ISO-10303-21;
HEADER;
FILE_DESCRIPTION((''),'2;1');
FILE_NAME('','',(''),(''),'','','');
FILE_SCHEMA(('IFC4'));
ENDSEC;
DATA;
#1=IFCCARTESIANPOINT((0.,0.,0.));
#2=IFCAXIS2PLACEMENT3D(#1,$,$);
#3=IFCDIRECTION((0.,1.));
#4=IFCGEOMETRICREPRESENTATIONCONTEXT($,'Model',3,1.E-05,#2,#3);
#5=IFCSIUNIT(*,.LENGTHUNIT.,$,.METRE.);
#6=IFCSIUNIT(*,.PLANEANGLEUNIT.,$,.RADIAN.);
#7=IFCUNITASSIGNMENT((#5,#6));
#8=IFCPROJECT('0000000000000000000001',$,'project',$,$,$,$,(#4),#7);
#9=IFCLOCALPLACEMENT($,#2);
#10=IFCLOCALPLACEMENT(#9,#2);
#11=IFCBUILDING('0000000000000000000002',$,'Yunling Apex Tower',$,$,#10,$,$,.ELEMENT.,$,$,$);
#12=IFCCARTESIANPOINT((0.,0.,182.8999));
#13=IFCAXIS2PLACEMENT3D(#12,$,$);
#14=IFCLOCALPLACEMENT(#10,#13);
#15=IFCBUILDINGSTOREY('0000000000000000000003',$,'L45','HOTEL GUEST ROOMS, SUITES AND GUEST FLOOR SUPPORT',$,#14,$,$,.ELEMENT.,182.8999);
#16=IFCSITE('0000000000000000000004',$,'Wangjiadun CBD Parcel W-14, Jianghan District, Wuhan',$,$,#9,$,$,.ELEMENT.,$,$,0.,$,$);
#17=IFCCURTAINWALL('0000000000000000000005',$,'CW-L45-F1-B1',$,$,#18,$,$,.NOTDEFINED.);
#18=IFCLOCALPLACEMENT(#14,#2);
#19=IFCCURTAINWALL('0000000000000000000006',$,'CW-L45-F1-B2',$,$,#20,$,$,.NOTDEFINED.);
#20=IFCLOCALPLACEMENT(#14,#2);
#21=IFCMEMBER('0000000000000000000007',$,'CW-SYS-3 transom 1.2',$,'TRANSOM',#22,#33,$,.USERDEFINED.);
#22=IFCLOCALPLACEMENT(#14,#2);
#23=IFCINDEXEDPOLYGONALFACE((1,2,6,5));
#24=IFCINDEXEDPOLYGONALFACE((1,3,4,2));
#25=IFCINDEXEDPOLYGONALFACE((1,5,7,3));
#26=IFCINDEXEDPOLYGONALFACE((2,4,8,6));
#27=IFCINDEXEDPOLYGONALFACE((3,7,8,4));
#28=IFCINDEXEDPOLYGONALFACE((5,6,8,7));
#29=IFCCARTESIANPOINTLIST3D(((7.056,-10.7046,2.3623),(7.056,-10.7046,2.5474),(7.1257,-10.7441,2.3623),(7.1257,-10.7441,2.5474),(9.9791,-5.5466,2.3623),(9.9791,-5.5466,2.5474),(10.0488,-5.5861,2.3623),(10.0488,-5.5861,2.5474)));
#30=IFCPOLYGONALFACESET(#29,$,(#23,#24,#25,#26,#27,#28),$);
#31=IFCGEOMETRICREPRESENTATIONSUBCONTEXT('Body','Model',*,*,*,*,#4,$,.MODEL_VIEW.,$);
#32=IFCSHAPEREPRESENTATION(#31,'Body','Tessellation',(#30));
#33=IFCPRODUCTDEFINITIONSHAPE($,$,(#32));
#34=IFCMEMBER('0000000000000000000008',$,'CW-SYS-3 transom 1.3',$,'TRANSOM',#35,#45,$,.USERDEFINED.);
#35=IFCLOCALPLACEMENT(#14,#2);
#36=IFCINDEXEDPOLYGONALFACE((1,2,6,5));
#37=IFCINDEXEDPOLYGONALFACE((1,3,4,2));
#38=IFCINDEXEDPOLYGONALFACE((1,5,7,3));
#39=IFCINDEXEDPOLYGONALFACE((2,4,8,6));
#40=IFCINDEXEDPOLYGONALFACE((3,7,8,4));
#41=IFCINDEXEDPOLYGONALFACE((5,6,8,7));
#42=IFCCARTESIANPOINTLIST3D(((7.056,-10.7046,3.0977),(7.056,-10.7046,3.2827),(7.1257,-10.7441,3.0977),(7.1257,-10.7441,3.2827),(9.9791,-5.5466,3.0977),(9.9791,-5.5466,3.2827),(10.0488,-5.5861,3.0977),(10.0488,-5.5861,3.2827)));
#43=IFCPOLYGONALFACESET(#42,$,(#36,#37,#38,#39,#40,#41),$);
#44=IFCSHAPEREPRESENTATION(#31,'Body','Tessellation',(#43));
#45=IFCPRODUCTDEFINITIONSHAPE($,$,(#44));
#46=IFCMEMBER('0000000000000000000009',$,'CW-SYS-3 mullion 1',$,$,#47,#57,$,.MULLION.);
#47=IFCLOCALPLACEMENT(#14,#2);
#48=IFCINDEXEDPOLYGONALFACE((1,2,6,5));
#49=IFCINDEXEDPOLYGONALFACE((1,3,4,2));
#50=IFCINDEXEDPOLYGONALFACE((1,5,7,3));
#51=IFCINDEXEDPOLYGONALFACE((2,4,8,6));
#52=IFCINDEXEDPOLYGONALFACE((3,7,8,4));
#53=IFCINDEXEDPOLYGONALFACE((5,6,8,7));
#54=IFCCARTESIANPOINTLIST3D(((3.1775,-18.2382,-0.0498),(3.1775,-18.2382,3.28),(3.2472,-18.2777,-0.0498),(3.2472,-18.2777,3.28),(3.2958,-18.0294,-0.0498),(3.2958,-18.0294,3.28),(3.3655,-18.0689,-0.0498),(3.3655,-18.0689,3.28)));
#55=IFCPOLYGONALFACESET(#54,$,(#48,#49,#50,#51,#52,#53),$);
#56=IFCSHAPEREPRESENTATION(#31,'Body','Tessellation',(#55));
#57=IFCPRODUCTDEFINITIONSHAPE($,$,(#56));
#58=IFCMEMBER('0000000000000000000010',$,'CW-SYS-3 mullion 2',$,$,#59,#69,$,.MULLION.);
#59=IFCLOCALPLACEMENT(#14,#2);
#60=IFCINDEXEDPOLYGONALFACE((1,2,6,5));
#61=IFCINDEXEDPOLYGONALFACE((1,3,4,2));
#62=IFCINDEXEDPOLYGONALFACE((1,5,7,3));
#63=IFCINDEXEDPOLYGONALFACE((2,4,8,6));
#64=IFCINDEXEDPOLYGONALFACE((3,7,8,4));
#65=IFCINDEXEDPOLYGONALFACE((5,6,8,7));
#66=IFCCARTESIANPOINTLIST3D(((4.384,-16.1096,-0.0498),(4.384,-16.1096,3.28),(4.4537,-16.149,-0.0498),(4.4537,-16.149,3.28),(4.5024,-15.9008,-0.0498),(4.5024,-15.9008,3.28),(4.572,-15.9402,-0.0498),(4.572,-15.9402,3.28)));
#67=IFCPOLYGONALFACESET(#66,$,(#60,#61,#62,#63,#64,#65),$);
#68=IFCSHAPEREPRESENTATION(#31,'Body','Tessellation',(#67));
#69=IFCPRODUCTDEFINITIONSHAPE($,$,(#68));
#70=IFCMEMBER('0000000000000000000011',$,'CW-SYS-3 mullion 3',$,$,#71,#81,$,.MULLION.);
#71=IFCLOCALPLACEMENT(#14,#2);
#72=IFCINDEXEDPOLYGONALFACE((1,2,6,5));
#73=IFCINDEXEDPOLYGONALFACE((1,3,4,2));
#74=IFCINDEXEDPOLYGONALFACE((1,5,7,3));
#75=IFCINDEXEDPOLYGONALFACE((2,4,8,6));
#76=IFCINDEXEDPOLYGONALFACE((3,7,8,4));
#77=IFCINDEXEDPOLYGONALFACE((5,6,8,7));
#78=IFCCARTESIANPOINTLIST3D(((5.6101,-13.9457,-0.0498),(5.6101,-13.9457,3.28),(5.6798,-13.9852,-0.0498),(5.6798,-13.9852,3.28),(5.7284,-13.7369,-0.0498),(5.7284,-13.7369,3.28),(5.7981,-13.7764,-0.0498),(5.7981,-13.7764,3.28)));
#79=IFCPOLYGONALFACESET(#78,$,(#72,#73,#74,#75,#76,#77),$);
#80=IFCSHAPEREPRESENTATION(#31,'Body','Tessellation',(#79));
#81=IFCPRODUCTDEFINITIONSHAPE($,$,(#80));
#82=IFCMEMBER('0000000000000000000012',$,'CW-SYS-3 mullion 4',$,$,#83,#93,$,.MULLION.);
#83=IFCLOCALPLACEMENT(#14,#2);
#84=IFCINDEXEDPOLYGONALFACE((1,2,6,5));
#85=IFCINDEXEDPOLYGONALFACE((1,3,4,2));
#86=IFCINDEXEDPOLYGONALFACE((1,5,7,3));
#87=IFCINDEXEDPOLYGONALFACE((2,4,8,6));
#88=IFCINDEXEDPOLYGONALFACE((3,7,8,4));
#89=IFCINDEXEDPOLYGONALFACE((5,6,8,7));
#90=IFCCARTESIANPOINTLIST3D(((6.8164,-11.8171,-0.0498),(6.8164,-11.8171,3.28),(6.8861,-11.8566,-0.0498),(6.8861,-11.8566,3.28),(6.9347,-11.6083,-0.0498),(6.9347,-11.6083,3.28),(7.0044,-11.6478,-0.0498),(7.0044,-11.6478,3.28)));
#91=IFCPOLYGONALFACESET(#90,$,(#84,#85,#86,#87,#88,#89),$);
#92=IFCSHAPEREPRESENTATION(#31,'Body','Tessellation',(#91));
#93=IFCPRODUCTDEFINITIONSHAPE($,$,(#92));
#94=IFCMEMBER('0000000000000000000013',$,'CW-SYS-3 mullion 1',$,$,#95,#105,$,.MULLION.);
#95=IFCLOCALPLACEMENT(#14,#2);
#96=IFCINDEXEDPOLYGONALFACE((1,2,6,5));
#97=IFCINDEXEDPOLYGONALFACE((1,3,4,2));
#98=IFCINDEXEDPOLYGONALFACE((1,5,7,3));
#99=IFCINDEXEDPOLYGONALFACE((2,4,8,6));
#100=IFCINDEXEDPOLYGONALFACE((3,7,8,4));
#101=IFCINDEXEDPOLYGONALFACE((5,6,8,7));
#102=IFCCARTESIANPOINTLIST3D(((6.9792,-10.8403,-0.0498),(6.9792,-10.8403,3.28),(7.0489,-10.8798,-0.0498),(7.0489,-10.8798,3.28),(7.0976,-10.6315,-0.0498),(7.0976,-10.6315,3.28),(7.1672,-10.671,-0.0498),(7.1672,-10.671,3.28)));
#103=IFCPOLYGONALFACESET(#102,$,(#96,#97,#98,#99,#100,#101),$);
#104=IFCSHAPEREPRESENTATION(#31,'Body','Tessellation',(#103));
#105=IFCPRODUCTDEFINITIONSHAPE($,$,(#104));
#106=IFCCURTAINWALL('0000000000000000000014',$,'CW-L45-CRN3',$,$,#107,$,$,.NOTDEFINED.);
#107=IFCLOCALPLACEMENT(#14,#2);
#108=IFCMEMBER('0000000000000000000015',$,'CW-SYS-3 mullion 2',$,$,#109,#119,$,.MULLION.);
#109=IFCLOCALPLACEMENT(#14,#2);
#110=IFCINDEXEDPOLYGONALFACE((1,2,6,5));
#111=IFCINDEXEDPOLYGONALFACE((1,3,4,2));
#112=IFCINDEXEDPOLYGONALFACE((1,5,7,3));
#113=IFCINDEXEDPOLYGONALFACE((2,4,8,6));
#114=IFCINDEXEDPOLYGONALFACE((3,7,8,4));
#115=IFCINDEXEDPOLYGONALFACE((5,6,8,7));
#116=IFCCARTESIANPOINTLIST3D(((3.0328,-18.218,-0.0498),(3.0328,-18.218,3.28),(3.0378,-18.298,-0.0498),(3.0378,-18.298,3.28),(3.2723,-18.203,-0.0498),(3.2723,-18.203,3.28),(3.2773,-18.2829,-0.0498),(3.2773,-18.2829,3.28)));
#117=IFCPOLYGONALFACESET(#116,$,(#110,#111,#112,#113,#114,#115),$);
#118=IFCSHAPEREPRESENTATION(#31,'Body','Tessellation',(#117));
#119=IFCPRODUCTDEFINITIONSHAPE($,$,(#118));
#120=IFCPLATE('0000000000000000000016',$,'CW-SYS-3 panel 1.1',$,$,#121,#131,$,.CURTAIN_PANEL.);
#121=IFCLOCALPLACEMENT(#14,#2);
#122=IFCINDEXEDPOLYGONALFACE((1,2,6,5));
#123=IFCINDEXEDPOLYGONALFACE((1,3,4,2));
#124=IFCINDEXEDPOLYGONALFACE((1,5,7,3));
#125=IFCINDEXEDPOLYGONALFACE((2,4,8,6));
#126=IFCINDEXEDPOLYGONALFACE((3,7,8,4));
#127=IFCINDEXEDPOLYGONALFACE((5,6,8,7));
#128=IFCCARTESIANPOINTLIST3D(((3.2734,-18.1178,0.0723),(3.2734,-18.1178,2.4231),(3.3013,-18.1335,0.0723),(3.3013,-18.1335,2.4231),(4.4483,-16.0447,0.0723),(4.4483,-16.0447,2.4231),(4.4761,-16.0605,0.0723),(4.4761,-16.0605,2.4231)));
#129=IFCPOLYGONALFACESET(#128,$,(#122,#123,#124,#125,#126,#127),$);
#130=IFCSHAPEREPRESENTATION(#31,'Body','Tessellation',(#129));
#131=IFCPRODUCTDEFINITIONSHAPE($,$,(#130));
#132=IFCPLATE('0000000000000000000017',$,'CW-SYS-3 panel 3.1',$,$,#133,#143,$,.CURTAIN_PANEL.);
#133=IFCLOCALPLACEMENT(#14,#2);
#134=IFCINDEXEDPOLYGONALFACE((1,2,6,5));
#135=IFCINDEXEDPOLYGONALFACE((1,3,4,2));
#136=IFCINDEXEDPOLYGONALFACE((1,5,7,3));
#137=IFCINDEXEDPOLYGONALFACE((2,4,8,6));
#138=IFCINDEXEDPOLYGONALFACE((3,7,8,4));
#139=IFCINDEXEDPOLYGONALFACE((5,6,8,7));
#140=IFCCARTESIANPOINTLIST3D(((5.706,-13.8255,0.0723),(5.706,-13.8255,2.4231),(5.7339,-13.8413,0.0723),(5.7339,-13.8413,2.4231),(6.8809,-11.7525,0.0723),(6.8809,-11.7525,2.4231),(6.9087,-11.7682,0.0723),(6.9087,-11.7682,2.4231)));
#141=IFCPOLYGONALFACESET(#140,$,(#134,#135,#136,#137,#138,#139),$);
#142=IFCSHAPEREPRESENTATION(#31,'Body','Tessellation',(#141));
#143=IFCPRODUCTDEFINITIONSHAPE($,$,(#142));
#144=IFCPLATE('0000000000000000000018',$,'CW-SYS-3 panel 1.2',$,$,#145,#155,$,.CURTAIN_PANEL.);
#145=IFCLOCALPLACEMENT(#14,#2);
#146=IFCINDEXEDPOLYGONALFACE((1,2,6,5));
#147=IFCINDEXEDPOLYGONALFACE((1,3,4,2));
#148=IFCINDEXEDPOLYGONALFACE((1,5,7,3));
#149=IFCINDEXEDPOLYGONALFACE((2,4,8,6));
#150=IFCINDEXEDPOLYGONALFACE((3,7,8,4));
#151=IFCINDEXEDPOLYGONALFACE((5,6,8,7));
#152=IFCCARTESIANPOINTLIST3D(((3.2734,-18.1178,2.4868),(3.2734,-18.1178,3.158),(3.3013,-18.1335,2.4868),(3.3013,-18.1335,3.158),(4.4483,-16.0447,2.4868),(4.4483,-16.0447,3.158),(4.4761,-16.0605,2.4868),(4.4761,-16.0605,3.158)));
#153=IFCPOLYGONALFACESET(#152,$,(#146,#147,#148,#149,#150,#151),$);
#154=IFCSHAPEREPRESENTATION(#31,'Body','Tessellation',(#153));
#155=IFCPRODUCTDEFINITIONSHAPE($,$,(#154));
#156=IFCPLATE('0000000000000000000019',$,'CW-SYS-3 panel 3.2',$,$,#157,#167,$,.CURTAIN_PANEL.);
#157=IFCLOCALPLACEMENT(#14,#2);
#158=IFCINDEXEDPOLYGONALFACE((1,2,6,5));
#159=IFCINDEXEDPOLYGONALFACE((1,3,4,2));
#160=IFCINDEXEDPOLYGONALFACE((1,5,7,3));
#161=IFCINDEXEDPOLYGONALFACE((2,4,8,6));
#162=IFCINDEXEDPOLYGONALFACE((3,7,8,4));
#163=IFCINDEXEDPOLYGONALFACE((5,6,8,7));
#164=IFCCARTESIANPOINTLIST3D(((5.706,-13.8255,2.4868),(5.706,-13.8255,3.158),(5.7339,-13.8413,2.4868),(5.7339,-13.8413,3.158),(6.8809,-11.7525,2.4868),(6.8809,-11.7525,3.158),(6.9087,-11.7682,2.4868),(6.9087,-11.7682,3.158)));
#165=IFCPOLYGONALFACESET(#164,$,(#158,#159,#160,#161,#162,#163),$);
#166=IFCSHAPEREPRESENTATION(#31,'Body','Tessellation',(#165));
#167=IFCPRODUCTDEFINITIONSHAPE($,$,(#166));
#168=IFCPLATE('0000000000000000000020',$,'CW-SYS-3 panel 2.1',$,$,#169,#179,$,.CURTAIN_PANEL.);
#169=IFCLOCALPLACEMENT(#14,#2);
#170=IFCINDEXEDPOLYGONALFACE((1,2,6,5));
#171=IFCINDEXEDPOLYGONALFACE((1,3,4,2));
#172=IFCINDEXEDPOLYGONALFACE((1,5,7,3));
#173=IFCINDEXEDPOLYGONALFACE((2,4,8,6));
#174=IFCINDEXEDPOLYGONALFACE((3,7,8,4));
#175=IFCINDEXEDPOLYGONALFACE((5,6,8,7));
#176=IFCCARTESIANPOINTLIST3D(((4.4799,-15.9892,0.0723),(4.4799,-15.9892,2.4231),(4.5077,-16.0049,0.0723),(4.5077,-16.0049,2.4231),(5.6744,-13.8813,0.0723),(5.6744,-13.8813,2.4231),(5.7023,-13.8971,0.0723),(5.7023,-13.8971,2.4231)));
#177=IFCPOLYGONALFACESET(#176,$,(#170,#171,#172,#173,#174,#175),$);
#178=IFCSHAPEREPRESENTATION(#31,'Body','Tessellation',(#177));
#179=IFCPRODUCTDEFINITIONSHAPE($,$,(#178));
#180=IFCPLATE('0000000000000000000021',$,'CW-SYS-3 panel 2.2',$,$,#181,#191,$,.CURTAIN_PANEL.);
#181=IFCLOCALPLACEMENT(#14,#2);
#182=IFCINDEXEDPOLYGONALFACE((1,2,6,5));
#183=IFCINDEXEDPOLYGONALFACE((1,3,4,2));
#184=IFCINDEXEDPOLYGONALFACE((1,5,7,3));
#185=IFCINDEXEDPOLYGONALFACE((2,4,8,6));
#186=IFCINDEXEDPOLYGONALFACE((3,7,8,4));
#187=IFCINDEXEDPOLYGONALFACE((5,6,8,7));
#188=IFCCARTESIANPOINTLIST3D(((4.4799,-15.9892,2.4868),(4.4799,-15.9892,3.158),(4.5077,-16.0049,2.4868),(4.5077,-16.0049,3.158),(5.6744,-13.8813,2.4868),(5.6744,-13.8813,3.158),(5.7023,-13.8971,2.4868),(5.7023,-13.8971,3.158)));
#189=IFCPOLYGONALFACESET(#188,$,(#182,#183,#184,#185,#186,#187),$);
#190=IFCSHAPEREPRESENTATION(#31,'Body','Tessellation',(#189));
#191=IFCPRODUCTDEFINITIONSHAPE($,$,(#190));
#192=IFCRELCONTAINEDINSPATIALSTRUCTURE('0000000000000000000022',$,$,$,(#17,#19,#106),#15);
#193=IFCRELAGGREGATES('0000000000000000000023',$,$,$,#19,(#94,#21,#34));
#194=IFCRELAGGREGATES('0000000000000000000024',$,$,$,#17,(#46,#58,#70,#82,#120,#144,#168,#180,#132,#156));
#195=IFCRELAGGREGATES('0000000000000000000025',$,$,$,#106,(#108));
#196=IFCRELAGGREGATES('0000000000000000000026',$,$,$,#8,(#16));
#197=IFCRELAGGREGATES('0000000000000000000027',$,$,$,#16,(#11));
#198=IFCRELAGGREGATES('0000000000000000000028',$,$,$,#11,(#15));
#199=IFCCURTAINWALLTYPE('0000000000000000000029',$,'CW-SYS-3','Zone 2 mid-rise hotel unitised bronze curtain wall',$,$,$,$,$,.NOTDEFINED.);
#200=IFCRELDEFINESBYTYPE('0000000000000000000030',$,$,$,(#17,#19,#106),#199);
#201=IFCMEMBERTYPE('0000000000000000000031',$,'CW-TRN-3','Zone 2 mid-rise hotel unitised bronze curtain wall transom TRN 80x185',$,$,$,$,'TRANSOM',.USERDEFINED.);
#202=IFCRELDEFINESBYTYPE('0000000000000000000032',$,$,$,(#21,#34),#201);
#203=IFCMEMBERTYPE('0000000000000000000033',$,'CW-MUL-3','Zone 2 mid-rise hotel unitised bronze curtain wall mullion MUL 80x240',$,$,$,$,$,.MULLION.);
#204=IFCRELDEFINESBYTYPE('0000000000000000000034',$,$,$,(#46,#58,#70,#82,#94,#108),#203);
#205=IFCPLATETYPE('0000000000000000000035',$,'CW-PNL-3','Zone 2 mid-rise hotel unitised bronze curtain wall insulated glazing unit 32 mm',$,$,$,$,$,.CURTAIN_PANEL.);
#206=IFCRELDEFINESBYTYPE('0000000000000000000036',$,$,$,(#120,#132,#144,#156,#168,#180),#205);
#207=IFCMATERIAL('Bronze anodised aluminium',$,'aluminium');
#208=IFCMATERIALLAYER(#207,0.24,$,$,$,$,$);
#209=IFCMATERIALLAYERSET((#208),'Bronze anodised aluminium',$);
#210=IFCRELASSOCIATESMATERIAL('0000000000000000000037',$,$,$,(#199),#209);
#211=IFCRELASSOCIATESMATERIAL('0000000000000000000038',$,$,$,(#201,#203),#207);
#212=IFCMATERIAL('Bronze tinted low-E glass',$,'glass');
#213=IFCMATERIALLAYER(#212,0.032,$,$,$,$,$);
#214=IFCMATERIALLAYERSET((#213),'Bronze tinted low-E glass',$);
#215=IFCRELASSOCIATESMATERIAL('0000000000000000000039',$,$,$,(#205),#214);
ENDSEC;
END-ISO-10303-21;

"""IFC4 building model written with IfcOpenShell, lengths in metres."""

from ifc_helpers import new_model, si_unit, direction, frame, origin, origin_2d, place, context, subcontext, project, spatial, rectangle, extrude, source, transform, mapped, material, layer, layer_set, material_profile, profile_set, type_object, element, aggregate, save


model = new_model("IFC4")

# Units and contexts
model_context = context("Model", 3, precision=1e-05, world=origin(), true_north=direction((0.0, 1.0)))
body_context = subcontext(model_context, "Body", "Model", "MODEL_VIEW")
ifc_project = project(units=[si_unit("LENGTHUNIT", "METRE"), si_unit("PLANEANGLEUNIT", "RADIAN")], contexts=[model_context])

# Site, building, storey
site_placement = place(None, origin())
site = spatial("IfcSite", under=ifc_project, at=site_placement, Name="Wangjiadun CBD Parcel W-14, Jianghan District, Wuhan", CompositionType="ELEMENT", RefElevation=0.0)
building_placement = place(site_placement, origin())
building = spatial("IfcBuilding", under=site, at=building_placement, Name="Yunling Apex Tower", CompositionType="ELEMENT")
storey_placement = place(building_placement, frame((0.0, 0.0, 182.8999)))
storey = spatial("IfcBuildingStorey", under=building, at=storey_placement, Name="L45", Description="HOTEL GUEST ROOMS, SUITES AND GUEST FLOOR SUPPORT", CompositionType="ELEMENT", Elevation=182.8999)

# Curtain walls, members
ifc_material_1 = material(Name="Bronze anodised aluminium", Category="aluminium")
ifc_layer_1 = layer(ifc_material_1, 0.24)
ifc_layer_set_1 = layer_set([ifc_layer_1], Name="Bronze anodised aluminium")
curtain_wall_type = type_object("IfcCurtainWallType", Name="CW-SYS-3", Description="Zone 2 mid-rise hotel unitised bronze curtain wall", PredefinedType="NOTDEFINED", material=ifc_layer_set_1)
curtain_wall_1_placement = place(storey_placement, origin())
curtain_wall_1 = element("IfcCurtainWall", 1, at=curtain_wall_1_placement, inside=storey, type_object=curtain_wall_type, Name="CW-L45-F1-B1", PredefinedType="NOTDEFINED")
ifc_material_profile_1 = material_profile(ifc_material_1, rectangle(XDim=0.0801, YDim=0.1851, at=origin_2d()))
ifc_profile_set_1 = profile_set([ifc_material_profile_1], Name="Bronze anodised aluminium")
member_type_1 = type_object("IfcMemberType", Name="CW-TRN-3", Description="Zone 2 mid-rise hotel unitised bronze curtain wall transom TRN 80x185", ElementType="TRANSOM", PredefinedType="USERDEFINED", material=ifc_profile_set_1)
curtain_wall_2_placement = place(storey_placement, origin())
curtain_wall_2 = element("IfcCurtainWall", 2, at=curtain_wall_2_placement, inside=storey, type_object=curtain_wall_type, Name="CW-L45-F1-B2", PredefinedType="NOTDEFINED")
shared_shape_1 = source(origin(), body_context, "Body", "SweptSolid", [
    extrude(rectangle(XDim=0.0801, YDim=0.1851, at=origin_2d()), origin(), (0.0, 0.0, 1.0), 5.9287),
])
member_1_placement = place(storey_placement, frame((7.0908, -10.7244, 2.4548), z_axis=(0.493045, 0.870004, 0.0), x_axis=(-0.870004, 0.493045, 0.0)))
member_1 = element("IfcMember", 3, at=member_1_placement, type_object=member_type_1, Name="CW-SYS-3 transom 1.2", ObjectType="TRANSOM", PredefinedType="USERDEFINED", context=body_context, shape_type="MappedRepresentation", body=[
    mapped(shared_shape_1, transform((0.0, 0.0, 0.0), scale=1.0)),
])
member_2_placement = place(storey_placement, frame((7.0908, -10.7244, 3.1902), z_axis=(0.493045, 0.870004, 0.0), x_axis=(-0.870004, 0.493045, 0.0)))
member_2 = element("IfcMember", 4, at=member_2_placement, type_object=member_type_1, Name="CW-SYS-3 transom 1.3", ObjectType="TRANSOM", PredefinedType="USERDEFINED", context=body_context, shape_type="MappedRepresentation", body=[
    mapped(shared_shape_1, transform((0.0, 0.0, 0.0), scale=1.0)),
])

# Members
ifc_material_profile_2 = material_profile(ifc_material_1, rectangle(XDim=0.0801, YDim=0.24, at=origin_2d()))
ifc_profile_set_2 = profile_set([ifc_material_profile_2], Name="Bronze anodised aluminium")
member_type_2 = type_object("IfcMemberType", Name="CW-MUL-3", Description="Zone 2 mid-rise hotel unitised bronze curtain wall mullion MUL 80x240", PredefinedType="MULLION", material=ifc_profile_set_2)
shared_shape_2 = source(origin(), body_context, "Body", "SweptSolid", [
    extrude(rectangle(XDim=0.0801, YDim=0.24, at=origin_2d()), origin(), (0.0, 0.0, 1.0), 3.3298),
])
member_3_placement = place(storey_placement, frame((3.2715, -18.1536, -0.0498), z_axis=(0.0, 0.0, 1.0), x_axis=(-0.870006, 0.493041, 0.0)))
member_3 = element("IfcMember", 5, at=member_3_placement, type_object=member_type_2, Name="CW-SYS-3 mullion 1", PredefinedType="MULLION", context=body_context, shape_type="MappedRepresentation", body=[
    mapped(shared_shape_2, transform((0.0, 0.0, 0.0), scale=1.0)),
])
member_4_placement = place(storey_placement, frame((4.478, -16.0249, -0.0498), z_axis=(0.0, 0.0, 1.0), x_axis=(-0.870006, 0.493041, 0.0)))
member_4 = element("IfcMember", 6, at=member_4_placement, type_object=member_type_2, Name="CW-SYS-3 mullion 2", PredefinedType="MULLION", context=body_context, shape_type="MappedRepresentation", body=[
    mapped(shared_shape_2, transform((0.0, 0.0, 0.0), scale=1.0)),
])
member_5_placement = place(storey_placement, frame((5.7041, -13.8611, -0.0498), z_axis=(0.0, 0.0, 1.0), x_axis=(-0.870006, 0.493041, 0.0)))
member_5 = element("IfcMember", 7, at=member_5_placement, type_object=member_type_2, Name="CW-SYS-3 mullion 3", PredefinedType="MULLION", context=body_context, shape_type="MappedRepresentation", body=[
    mapped(shared_shape_2, transform((0.0, 0.0, 0.0), scale=1.0)),
])
member_6_placement = place(storey_placement, frame((6.9104, -11.7324, -0.0498), z_axis=(0.0, 0.0, 1.0), x_axis=(-0.870006, 0.493041, 0.0)))
member_6 = element("IfcMember", 8, at=member_6_placement, type_object=member_type_2, Name="CW-SYS-3 mullion 4", PredefinedType="MULLION", context=body_context, shape_type="MappedRepresentation", body=[
    mapped(shared_shape_2, transform((0.0, 0.0, 0.0), scale=1.0)),
])
member_7_placement = place(storey_placement, frame((7.0732, -10.7556, -0.0498), z_axis=(0.0, 0.0, 1.0), x_axis=(-0.870003, 0.493047, 0.0)))
member_7 = element("IfcMember", 9, at=member_7_placement, type_object=member_type_2, Name="CW-SYS-3 mullion 1", PredefinedType="MULLION", context=body_context, shape_type="MappedRepresentation", body=[
    mapped(shared_shape_2, transform((0.0, 0.0, 0.0), scale=1.0)),
])
aggregate(curtain_wall_2, [member_7, member_1, member_2])

# Curtain wall, member
curtain_wall_3_placement = place(storey_placement, origin())
curtain_wall_3 = element("IfcCurtainWall", 10, at=curtain_wall_3_placement, inside=storey, type_object=curtain_wall_type, Name="CW-L45-CRN3", PredefinedType="NOTDEFINED")
member_8_placement = place(storey_placement, frame((3.155, -18.2505, -0.0498), z_axis=(0.0, 0.0, 1.0), x_axis=(-0.062672, 0.998034, 0.0)))
member_8 = element("IfcMember", 11, at=member_8_placement, type_object=member_type_2, Name="CW-SYS-3 mullion 2", PredefinedType="MULLION", context=body_context, shape_type="MappedRepresentation", body=[
    mapped(shared_shape_2, transform((0.0, 0.0, 0.0), scale=1.0)),
])

# Plates
ifc_material_2 = material(Name="Bronze tinted low-E glass", Category="glass")
ifc_layer_2 = layer(ifc_material_2, 0.032)
ifc_layer_set_2 = layer_set([ifc_layer_2], Name="Bronze tinted low-E glass")
plate_type = type_object("IfcPlateType", Name="CW-PNL-3", Description="Zone 2 mid-rise hotel unitised bronze curtain wall insulated glazing unit 32 mm", PredefinedType="CURTAIN_PANEL", material=ifc_layer_set_2)
shared_shape_3 = source(origin(), body_context, "Body", "SweptSolid", [
    extrude(rectangle(XDim=2.3828, YDim=0.032, at=origin_2d()), origin(), (0.0, 0.0, 1.0), 2.3508),
])
plate_1_placement = place(storey_placement, frame((3.8748, -17.0891, 0.0723), z_axis=(0.0, 0.0, 1.0), x_axis=(0.493041, 0.870006, 0.0)))
plate_1 = element("IfcPlate", 12, at=plate_1_placement, type_object=plate_type, Name="CW-SYS-3 panel 1.1", PredefinedType="CURTAIN_PANEL", context=body_context, shape_type="MappedRepresentation", body=[
    mapped(shared_shape_3, transform((0.0, 0.0, 0.0), scale=1.0)),
])
plate_2_placement = place(storey_placement, frame((6.3074, -12.7969, 0.0723), z_axis=(0.0, 0.0, 1.0), x_axis=(0.493041, 0.870006, 0.0)))
plate_2 = element("IfcPlate", 13, at=plate_2_placement, type_object=plate_type, Name="CW-SYS-3 panel 3.1", PredefinedType="CURTAIN_PANEL", context=body_context, shape_type="MappedRepresentation", body=[
    mapped(shared_shape_3, transform((0.0, 0.0, 0.0), scale=1.0)),
])
shared_shape_4 = source(origin(), body_context, "Body", "SweptSolid", [
    extrude(rectangle(XDim=2.3828, YDim=0.032, at=origin_2d()), origin(), (0.0, 0.0, 1.0), 0.6711),
])
plate_3_placement = place(storey_placement, frame((3.8748, -17.0891, 2.4868), z_axis=(0.0, 0.0, 1.0), x_axis=(0.493041, 0.870006, 0.0)))
plate_3 = element("IfcPlate", 14, at=plate_3_placement, type_object=plate_type, Name="CW-SYS-3 panel 1.2", PredefinedType="CURTAIN_PANEL", context=body_context, shape_type="MappedRepresentation", body=[
    mapped(shared_shape_4, transform((0.0, 0.0, 0.0), scale=1.0)),
])
plate_4_placement = place(storey_placement, frame((6.3074, -12.7969, 2.4868), z_axis=(0.0, 0.0, 1.0), x_axis=(0.493041, 0.870006, 0.0)))
plate_4 = element("IfcPlate", 15, at=plate_4_placement, type_object=plate_type, Name="CW-SYS-3 panel 3.2", PredefinedType="CURTAIN_PANEL", context=body_context, shape_type="MappedRepresentation", body=[
    mapped(shared_shape_4, transform((0.0, 0.0, 0.0), scale=1.0)),
])
shared_shape_5 = source(origin(), body_context, "Body", "SweptSolid", [
    extrude(rectangle(XDim=2.4229, YDim=0.032, at=origin_2d()), origin(), (0.0, 0.0, 1.0), 2.3508),
])
plate_5_placement = place(storey_placement, frame((5.0911, -14.9431, 0.0723), z_axis=(0.0, 0.0, 1.0), x_axis=(0.493041, 0.870006, 0.0)))
plate_5 = element("IfcPlate", 16, at=plate_5_placement, type_object=plate_type, Name="CW-SYS-3 panel 2.1", PredefinedType="CURTAIN_PANEL", context=body_context, shape_type="MappedRepresentation", body=[
    mapped(shared_shape_5, transform((0.0, 0.0, 0.0), scale=1.0)),
])
shared_shape_6 = source(origin(), body_context, "Body", "SweptSolid", [
    extrude(rectangle(XDim=2.4229, YDim=0.032, at=origin_2d()), origin(), (0.0, 0.0, 1.0), 0.6711),
])
plate_6_placement = place(storey_placement, frame((5.0911, -14.9431, 2.4868), z_axis=(0.0, 0.0, 1.0), x_axis=(0.493041, 0.870006, 0.0)))
plate_6 = element("IfcPlate", 17, at=plate_6_placement, type_object=plate_type, Name="CW-SYS-3 panel 2.2", PredefinedType="CURTAIN_PANEL", context=body_context, shape_type="MappedRepresentation", body=[
    mapped(shared_shape_6, transform((0.0, 0.0, 0.0), scale=1.0)),
])
aggregate(curtain_wall_1, [member_3, member_4, member_5, member_6, plate_1, plate_3, plate_5, plate_6, plate_2, plate_4])
aggregate(curtain_wall_3, [member_8])

save(model, "model.ifc")
